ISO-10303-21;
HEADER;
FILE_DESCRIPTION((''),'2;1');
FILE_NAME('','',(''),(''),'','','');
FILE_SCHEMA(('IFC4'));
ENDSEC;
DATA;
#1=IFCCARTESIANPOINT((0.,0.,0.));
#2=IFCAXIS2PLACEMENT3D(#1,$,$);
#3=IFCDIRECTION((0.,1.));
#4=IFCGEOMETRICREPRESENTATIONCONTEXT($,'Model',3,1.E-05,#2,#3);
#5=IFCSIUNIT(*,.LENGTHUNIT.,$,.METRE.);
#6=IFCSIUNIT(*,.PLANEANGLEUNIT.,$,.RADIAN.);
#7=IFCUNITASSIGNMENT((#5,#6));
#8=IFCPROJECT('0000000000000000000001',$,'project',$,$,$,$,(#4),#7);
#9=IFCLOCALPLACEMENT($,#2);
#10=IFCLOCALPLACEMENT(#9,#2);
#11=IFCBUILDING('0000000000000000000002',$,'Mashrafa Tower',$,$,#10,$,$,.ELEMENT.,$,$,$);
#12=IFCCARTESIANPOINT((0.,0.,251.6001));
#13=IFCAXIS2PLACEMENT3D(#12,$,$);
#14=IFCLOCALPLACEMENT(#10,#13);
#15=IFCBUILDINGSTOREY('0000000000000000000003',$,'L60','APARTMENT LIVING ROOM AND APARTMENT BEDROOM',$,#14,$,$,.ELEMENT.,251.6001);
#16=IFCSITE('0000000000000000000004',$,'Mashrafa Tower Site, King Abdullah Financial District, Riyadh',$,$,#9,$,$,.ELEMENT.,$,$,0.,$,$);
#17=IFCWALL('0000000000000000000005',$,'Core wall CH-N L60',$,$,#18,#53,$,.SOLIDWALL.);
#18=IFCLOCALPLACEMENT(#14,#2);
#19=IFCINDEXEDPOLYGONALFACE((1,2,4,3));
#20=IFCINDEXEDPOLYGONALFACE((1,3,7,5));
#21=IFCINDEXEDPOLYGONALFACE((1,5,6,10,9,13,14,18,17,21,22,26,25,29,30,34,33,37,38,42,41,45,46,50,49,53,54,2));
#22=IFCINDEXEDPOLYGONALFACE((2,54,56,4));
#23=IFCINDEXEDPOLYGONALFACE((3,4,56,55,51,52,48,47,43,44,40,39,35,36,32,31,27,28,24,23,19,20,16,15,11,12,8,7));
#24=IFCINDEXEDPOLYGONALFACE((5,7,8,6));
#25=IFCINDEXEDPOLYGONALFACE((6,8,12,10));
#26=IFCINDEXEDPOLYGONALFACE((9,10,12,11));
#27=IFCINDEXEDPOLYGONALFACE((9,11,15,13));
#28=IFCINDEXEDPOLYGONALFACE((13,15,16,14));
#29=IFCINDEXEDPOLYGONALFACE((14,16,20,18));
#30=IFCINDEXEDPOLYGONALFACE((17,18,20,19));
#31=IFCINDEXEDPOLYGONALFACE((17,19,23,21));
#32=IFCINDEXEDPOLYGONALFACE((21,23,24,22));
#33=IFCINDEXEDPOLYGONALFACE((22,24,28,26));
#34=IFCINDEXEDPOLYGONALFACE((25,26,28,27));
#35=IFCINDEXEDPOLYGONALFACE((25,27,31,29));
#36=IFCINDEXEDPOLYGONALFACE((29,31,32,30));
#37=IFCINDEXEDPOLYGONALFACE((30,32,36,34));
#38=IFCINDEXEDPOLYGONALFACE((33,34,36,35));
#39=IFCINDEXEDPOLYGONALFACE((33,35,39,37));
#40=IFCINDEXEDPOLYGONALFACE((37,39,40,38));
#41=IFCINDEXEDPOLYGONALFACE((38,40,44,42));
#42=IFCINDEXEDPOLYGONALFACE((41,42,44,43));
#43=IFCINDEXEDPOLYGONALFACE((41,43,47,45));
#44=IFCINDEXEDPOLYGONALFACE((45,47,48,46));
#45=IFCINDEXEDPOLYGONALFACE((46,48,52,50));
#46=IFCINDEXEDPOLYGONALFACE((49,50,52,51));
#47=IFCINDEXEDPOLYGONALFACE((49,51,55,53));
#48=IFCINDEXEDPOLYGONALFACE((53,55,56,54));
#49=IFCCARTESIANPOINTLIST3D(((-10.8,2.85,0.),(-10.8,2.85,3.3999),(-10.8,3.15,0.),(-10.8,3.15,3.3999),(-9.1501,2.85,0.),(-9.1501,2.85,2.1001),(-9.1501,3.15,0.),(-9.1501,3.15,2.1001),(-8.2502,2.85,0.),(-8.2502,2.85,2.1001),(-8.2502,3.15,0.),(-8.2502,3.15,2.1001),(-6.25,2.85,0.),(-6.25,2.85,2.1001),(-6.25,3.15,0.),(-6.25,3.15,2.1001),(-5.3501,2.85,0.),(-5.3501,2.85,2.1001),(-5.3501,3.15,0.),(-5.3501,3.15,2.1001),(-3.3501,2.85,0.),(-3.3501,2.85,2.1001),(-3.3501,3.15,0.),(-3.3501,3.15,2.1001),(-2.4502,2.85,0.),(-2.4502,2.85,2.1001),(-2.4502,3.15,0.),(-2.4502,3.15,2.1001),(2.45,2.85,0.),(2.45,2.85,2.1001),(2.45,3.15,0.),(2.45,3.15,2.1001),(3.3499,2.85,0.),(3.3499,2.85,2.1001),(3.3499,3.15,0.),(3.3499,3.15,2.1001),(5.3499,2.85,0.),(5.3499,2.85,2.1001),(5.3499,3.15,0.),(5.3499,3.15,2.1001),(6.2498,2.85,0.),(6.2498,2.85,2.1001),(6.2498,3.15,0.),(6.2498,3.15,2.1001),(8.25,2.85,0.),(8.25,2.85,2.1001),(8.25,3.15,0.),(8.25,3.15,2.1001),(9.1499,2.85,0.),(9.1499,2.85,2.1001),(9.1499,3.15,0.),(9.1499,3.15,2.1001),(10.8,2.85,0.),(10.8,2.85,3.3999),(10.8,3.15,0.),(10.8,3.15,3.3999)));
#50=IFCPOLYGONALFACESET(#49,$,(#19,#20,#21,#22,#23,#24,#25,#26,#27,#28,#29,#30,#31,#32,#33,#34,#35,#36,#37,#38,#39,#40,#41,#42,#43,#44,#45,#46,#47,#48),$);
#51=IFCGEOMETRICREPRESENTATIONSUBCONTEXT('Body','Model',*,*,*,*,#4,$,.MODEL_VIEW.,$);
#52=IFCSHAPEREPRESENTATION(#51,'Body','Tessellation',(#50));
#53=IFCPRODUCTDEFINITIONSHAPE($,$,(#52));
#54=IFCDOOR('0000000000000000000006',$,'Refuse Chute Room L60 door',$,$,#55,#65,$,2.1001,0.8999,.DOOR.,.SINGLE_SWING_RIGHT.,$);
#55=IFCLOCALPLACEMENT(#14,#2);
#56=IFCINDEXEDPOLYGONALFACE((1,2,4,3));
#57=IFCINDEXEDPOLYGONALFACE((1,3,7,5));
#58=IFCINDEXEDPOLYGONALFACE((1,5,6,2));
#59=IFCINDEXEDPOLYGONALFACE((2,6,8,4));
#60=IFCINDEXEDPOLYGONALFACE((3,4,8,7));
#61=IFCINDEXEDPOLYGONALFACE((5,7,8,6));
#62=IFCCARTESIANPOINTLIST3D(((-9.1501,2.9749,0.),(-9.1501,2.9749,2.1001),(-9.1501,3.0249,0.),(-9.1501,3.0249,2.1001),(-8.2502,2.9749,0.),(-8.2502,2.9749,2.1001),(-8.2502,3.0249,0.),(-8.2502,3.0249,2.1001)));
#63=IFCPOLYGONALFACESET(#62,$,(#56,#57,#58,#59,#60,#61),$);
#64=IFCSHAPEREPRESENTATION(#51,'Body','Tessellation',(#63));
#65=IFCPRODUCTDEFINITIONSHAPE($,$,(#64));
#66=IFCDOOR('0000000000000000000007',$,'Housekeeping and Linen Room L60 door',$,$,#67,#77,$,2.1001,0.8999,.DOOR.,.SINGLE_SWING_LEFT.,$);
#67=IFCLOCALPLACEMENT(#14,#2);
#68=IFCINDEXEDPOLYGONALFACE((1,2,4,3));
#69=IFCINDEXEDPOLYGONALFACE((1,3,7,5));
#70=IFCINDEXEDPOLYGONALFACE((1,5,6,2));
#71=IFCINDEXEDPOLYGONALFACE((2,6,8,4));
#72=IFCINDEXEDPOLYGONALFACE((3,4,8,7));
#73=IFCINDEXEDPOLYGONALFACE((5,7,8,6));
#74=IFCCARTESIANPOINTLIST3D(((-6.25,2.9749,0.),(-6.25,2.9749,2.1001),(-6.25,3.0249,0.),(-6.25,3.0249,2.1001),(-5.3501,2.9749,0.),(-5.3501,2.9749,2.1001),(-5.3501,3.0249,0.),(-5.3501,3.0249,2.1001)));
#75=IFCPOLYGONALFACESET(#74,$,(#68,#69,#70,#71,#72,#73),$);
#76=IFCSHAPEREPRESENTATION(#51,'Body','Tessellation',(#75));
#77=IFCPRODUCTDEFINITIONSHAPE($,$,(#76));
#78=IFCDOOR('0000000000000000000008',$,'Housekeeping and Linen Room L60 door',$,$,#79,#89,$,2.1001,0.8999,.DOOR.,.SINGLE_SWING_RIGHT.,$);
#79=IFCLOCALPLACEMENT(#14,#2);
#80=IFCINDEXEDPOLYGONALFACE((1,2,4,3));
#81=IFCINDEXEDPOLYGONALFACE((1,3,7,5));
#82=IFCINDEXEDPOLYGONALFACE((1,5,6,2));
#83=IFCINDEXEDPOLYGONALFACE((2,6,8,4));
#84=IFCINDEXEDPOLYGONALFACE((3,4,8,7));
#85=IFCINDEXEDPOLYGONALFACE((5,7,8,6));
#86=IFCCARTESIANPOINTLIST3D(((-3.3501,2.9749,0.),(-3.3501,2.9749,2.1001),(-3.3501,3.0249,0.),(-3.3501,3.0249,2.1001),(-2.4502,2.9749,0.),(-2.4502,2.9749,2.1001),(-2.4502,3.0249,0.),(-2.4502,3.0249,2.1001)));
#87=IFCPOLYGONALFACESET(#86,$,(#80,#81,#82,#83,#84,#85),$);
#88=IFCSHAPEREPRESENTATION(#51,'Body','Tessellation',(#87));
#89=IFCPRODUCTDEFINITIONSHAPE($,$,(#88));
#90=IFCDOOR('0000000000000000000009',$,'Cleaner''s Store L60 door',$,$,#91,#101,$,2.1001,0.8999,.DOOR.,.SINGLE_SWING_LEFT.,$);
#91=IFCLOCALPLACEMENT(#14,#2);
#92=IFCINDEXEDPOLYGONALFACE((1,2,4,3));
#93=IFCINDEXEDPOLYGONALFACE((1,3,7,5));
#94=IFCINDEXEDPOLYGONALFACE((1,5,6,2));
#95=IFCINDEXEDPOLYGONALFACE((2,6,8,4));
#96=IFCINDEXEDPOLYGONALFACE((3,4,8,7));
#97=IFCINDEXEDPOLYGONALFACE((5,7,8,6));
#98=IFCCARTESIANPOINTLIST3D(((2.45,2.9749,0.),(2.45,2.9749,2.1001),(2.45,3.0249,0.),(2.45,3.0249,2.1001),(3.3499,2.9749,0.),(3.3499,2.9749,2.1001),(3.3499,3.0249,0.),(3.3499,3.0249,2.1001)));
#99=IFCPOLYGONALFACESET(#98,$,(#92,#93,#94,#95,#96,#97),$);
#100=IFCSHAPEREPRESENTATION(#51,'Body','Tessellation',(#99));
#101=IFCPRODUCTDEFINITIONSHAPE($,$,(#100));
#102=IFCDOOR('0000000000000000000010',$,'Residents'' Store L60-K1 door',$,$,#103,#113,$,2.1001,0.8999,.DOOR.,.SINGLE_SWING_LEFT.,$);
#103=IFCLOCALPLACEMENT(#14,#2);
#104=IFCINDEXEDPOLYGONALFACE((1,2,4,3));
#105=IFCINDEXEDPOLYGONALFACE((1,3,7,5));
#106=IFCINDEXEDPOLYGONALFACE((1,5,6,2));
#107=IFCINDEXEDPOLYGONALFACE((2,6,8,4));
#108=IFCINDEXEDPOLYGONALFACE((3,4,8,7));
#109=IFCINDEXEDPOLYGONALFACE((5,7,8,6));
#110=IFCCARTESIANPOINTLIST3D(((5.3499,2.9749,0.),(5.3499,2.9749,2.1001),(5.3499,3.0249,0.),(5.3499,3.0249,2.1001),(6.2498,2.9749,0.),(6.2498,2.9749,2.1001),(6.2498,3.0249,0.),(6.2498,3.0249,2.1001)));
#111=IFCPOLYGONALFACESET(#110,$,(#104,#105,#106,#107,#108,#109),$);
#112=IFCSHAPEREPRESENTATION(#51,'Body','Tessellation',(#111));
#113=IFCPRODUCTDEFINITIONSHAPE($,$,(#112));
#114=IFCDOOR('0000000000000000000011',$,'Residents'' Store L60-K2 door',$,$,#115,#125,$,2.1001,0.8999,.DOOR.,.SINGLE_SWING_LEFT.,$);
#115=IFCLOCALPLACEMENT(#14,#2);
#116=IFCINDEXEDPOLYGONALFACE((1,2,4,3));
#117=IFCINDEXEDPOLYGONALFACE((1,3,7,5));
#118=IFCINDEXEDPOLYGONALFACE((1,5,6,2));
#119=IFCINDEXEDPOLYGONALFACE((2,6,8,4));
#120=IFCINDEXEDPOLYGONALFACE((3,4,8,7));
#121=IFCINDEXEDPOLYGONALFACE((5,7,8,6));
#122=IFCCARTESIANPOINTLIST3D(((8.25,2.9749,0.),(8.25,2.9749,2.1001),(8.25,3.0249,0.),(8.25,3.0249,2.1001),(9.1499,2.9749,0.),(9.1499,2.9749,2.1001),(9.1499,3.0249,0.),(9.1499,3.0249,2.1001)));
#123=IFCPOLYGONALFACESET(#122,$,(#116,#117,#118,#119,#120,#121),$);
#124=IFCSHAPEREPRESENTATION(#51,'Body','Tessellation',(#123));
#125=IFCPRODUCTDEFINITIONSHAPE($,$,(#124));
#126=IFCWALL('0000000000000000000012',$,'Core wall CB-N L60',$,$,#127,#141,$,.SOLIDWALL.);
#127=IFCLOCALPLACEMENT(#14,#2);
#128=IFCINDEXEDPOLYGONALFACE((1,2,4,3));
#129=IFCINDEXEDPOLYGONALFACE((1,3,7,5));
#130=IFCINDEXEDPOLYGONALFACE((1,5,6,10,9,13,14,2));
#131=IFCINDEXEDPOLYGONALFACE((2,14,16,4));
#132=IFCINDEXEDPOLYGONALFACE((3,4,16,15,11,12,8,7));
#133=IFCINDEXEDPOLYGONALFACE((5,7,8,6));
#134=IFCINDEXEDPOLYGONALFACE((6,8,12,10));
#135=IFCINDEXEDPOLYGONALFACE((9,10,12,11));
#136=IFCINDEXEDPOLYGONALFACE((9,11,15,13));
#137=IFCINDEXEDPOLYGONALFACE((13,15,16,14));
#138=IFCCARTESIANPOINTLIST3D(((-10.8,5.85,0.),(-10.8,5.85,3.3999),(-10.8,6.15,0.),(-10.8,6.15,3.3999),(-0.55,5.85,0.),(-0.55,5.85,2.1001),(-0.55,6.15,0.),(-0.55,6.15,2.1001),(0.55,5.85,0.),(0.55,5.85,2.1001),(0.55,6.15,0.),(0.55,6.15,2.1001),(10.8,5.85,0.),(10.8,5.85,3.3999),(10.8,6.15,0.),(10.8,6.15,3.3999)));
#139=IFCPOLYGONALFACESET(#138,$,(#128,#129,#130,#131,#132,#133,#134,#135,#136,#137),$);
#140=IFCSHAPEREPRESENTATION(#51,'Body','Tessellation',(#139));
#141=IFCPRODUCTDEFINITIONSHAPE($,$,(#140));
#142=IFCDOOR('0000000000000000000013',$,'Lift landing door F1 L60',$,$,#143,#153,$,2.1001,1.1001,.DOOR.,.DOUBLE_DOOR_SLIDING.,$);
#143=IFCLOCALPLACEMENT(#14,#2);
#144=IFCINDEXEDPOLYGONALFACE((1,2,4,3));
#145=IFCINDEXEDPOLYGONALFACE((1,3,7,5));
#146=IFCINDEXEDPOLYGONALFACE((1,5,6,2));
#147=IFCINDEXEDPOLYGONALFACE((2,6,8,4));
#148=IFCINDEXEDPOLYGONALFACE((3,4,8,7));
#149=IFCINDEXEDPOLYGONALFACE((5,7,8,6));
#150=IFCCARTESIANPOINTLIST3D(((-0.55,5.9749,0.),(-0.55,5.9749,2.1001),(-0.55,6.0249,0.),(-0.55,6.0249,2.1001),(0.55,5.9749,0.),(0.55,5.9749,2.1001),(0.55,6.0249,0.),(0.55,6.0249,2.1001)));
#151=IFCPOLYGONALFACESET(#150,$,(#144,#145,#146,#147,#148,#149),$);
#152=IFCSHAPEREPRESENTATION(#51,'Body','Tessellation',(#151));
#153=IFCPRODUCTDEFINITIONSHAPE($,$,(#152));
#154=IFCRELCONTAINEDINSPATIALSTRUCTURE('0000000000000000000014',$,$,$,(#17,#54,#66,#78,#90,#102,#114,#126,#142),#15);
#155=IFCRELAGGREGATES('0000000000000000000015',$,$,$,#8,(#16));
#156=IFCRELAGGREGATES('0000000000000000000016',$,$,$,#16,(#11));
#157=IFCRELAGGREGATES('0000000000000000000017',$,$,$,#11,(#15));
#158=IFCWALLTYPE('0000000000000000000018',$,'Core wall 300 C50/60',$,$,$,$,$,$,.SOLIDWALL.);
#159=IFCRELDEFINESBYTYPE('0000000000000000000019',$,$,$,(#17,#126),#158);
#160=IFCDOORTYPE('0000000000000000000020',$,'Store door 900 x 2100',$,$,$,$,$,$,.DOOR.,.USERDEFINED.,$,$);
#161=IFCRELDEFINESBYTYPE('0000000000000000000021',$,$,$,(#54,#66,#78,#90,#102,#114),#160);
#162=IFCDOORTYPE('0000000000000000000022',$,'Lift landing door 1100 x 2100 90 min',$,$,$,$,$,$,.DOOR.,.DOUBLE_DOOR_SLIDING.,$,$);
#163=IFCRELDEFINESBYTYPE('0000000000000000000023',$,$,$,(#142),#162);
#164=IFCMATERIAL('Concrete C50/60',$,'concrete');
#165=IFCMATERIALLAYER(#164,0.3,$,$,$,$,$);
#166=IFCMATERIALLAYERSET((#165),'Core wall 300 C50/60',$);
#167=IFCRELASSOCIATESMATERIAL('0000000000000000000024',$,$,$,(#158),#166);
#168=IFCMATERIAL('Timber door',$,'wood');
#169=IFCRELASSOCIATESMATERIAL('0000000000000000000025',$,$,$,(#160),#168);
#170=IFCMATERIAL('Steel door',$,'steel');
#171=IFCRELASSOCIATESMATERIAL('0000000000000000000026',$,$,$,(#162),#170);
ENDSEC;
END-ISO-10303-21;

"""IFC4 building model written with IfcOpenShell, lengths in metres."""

from ifc_helpers import new_model, si_unit, direction, frame, frame_2d, origin, place, context, subcontext, project, spatial, rectangle, extrude, material, layer, layer_set, type_object, element, fill, save


model = new_model("IFC4")

# Units and contexts
model_context = context("Model", 3, precision=1e-05, world=origin(), true_north=direction((0.0, 1.0)))
body_context = subcontext(model_context, "Body", "Model", "MODEL_VIEW")
ifc_project = project(units=[si_unit("LENGTHUNIT", "METRE"), si_unit("PLANEANGLEUNIT", "RADIAN")], contexts=[model_context])

# Site, building, storey
site_placement = place(None, origin())
site = spatial("IfcSite", under=ifc_project, at=site_placement, Name="Mashrafa Tower Site, King Abdullah Financial District, Riyadh", CompositionType="ELEMENT", RefElevation=0.0)
building_placement = place(site_placement, origin())
building = spatial("IfcBuilding", under=site, at=building_placement, Name="Mashrafa Tower", CompositionType="ELEMENT")
storey_placement = place(building_placement, frame((0.0, 0.0, 251.6001)))
storey = spatial("IfcBuildingStorey", under=building, at=storey_placement, Name="L60", Description="APARTMENT LIVING ROOM AND APARTMENT BEDROOM", CompositionType="ELEMENT", Elevation=251.6001)

# Wall, openings, doors
ifc_material_1 = material(Name="Concrete C50/60", Category="concrete")
ifc_layer_1 = layer(ifc_material_1, 0.3)
ifc_layer_set_1 = layer_set([ifc_layer_1], Name="Core wall 300 C50/60")
wall_type_1 = type_object("IfcWallType", Name="Core wall 300 C50/60", PredefinedType="SOLIDWALL", material=ifc_layer_set_1)
wall_1_placement = place(storey_placement, frame((-10.8, 3.0, 0.0), z_axis=(0.0, 0.0, 1.0), x_axis=(1.0, 0.0, 0.0)))
wall_1 = element("IfcWall", 1, at=wall_1_placement, inside=storey, type_object=wall_type_1, Name="Core wall CH-N L60", PredefinedType="SOLIDWALL", context=body_context, shape_type="SweptSolid", body=[
    extrude(rectangle(XDim=21.6001, YDim=0.3, at=frame_2d((10.8, 0.0))), origin(), (0.0, 0.0, 1.0), 3.3999),
])
opening_1_placement = place(wall_1_placement, frame((1.6499, 0.0, 0.0)))
opening_1 = element("IfcOpeningElement", 2, at=opening_1_placement, cuts=wall_1, PredefinedType="OPENING", context=body_context, shape_type="SweptSolid", body=[
    extrude(rectangle(XDim=0.8999, YDim=2.1001, at=frame_2d((0.45, 1.05))), frame((0.0, 0.1599, 0.0), z_axis=(0.0, -1.0, 0.0), x_axis=(1.0, 0.0, 0.0)), (0.0, 0.0, 1.0), 0.3201),
])
opening_2_placement = place(wall_1_placement, frame((4.55, 0.0, 0.0)))
opening_2 = element("IfcOpeningElement", 3, at=opening_2_placement, cuts=wall_1, PredefinedType="OPENING", context=body_context, shape_type="SweptSolid", body=[
    extrude(rectangle(XDim=0.8999, YDim=2.1001, at=frame_2d((0.45, 1.05))), frame((0.0, 0.1599, 0.0), z_axis=(0.0, -1.0, 0.0), x_axis=(1.0, 0.0, 0.0)), (0.0, 0.0, 1.0), 0.3201),
])
opening_3_placement = place(wall_1_placement, frame((7.45, 0.0, 0.0)))
opening_3 = element("IfcOpeningElement", 4, at=opening_3_placement, cuts=wall_1, PredefinedType="OPENING", context=body_context, shape_type="SweptSolid", body=[
    extrude(rectangle(XDim=0.8999, YDim=2.1001, at=frame_2d((0.45, 1.05))), frame((0.0, 0.1599, 0.0), z_axis=(0.0, -1.0, 0.0), x_axis=(1.0, 0.0, 0.0)), (0.0, 0.0, 1.0), 0.3201),
])
opening_4_placement = place(wall_1_placement, frame((13.25, 0.0, 0.0)))
opening_4 = element("IfcOpeningElement", 5, at=opening_4_placement, cuts=wall_1, PredefinedType="OPENING", context=body_context, shape_type="SweptSolid", body=[
    extrude(rectangle(XDim=0.8999, YDim=2.1001, at=frame_2d((0.45, 1.05))), frame((0.0, 0.1599, 0.0), z_axis=(0.0, -1.0, 0.0), x_axis=(1.0, 0.0, 0.0)), (0.0, 0.0, 1.0), 0.3201),
])
opening_5_placement = place(wall_1_placement, frame((16.1499, 0.0, 0.0)))
opening_5 = element("IfcOpeningElement", 6, at=opening_5_placement, cuts=wall_1, PredefinedType="OPENING", context=body_context, shape_type="SweptSolid", body=[
    extrude(rectangle(XDim=0.8999, YDim=2.1001, at=frame_2d((0.45, 1.05))), frame((0.0, 0.1599, 0.0), z_axis=(0.0, -1.0, 0.0), x_axis=(1.0, 0.0, 0.0)), (0.0, 0.0, 1.0), 0.3201),
])
opening_6_placement = place(wall_1_placement, frame((19.05, 0.0, 0.0)))
opening_6 = element("IfcOpeningElement", 7, at=opening_6_placement, cuts=wall_1, PredefinedType="OPENING", context=body_context, shape_type="SweptSolid", body=[
    extrude(rectangle(XDim=0.8999, YDim=2.1001, at=frame_2d((0.45, 1.05))), frame((0.0, 0.1599, 0.0), z_axis=(0.0, -1.0, 0.0), x_axis=(1.0, 0.0, 0.0)), (0.0, 0.0, 1.0), 0.3201),
])
ifc_material_2 = material(Name="Timber door", Category="wood")
door_type_1 = type_object("IfcDoorType", Name="Store door 900 x 2100", OperationType="USERDEFINED", PredefinedType="DOOR", material=ifc_material_2)
door_1_placement = place(opening_1_placement, origin())
door_1 = element("IfcDoor", 8, at=door_1_placement, inside=storey, type_object=door_type_1, Name="Refuse Chute Room L60 door", OperationType="SINGLE_SWING_RIGHT", OverallHeight=2.1001, OverallWidth=0.8999, PredefinedType="DOOR", context=body_context, shape_type="SweptSolid", body=[
    extrude(rectangle(XDim=0.8999, YDim=2.1001, at=frame_2d((0.45, 1.05))), frame((0.0, 0.0249, 0.0), z_axis=(0.0, -1.0, 0.0), x_axis=(1.0, 0.0, 0.0)), (0.0, 0.0, 1.0), 0.05),
])
fill(opening_1, door_1)
door_2_placement = place(opening_2_placement, origin())
door_2 = element("IfcDoor", 9, at=door_2_placement, inside=storey, type_object=door_type_1, Name="Housekeeping and Linen Room L60 door", OperationType="SINGLE_SWING_LEFT", OverallHeight=2.1001, OverallWidth=0.8999, PredefinedType="DOOR", context=body_context, shape_type="SweptSolid", body=[
    extrude(rectangle(XDim=0.8999, YDim=2.1001, at=frame_2d((0.45, 1.05))), frame((0.0, 0.0249, 0.0), z_axis=(0.0, -1.0, 0.0), x_axis=(1.0, 0.0, 0.0)), (0.0, 0.0, 1.0), 0.05),
])
fill(opening_2, door_2)
door_3_placement = place(opening_3_placement, origin())
door_3 = element("IfcDoor", 10, at=door_3_placement, inside=storey, type_object=door_type_1, Name="Housekeeping and Linen Room L60 door", OperationType="SINGLE_SWING_RIGHT", OverallHeight=2.1001, OverallWidth=0.8999, PredefinedType="DOOR", context=body_context, shape_type="SweptSolid", body=[
    extrude(rectangle(XDim=0.8999, YDim=2.1001, at=frame_2d((0.45, 1.05))), frame((0.0, 0.0249, 0.0), z_axis=(0.0, -1.0, 0.0), x_axis=(1.0, 0.0, 0.0)), (0.0, 0.0, 1.0), 0.05),
])
fill(opening_3, door_3)
door_4_placement = place(opening_4_placement, origin())
door_4 = element("IfcDoor", 11, at=door_4_placement, inside=storey, type_object=door_type_1, Name="Cleaner's Store L60 door", OperationType="SINGLE_SWING_LEFT", OverallHeight=2.1001, OverallWidth=0.8999, PredefinedType="DOOR", context=body_context, shape_type="SweptSolid", body=[
    extrude(rectangle(XDim=0.8999, YDim=2.1001, at=frame_2d((0.45, 1.05))), frame((0.0, 0.0249, 0.0), z_axis=(0.0, -1.0, 0.0), x_axis=(1.0, 0.0, 0.0)), (0.0, 0.0, 1.0), 0.05),
])
fill(opening_4, door_4)
door_5_placement = place(opening_5_placement, origin())
door_5 = element("IfcDoor", 12, at=door_5_placement, inside=storey, type_object=door_type_1, Name="Residents' Store L60-K1 door", OperationType="SINGLE_SWING_LEFT", OverallHeight=2.1001, OverallWidth=0.8999, PredefinedType="DOOR", context=body_context, shape_type="SweptSolid", body=[
    extrude(rectangle(XDim=0.8999, YDim=2.1001, at=frame_2d((0.45, 1.05))), frame((0.0, 0.0249, 0.0), z_axis=(0.0, -1.0, 0.0), x_axis=(1.0, 0.0, 0.0)), (0.0, 0.0, 1.0), 0.05),
])
fill(opening_5, door_5)
door_6_placement = place(opening_6_placement, origin())
door_6 = element("IfcDoor", 13, at=door_6_placement, inside=storey, type_object=door_type_1, Name="Residents' Store L60-K2 door", OperationType="SINGLE_SWING_LEFT", OverallHeight=2.1001, OverallWidth=0.8999, PredefinedType="DOOR", context=body_context, shape_type="SweptSolid", body=[
    extrude(rectangle(XDim=0.8999, YDim=2.1001, at=frame_2d((0.45, 1.05))), frame((0.0, 0.0249, 0.0), z_axis=(0.0, -1.0, 0.0), x_axis=(1.0, 0.0, 0.0)), (0.0, 0.0, 1.0), 0.05),
])
fill(opening_6, door_6)

# Wall, opening, door
wall_2_placement = place(storey_placement, frame((-10.8, 6.0, 0.0), z_axis=(0.0, 0.0, 1.0), x_axis=(1.0, 0.0, 0.0)))
wall_2 = element("IfcWall", 14, at=wall_2_placement, inside=storey, type_object=wall_type_1, Name="Core wall CB-N L60", PredefinedType="SOLIDWALL", context=body_context, shape_type="SweptSolid", body=[
    extrude(rectangle(XDim=21.6001, YDim=0.3, at=frame_2d((10.8, 0.0))), origin(), (0.0, 0.0, 1.0), 3.3999),
])
opening_7_placement = place(wall_2_placement, frame((10.25, 0.0, 0.0)))
opening_7 = element("IfcOpeningElement", 15, at=opening_7_placement, cuts=wall_2, PredefinedType="OPENING", context=body_context, shape_type="SweptSolid", body=[
    extrude(rectangle(XDim=1.1001, YDim=2.1001, at=frame_2d((0.55, 1.05))), frame((0.0, 0.1599, 0.0), z_axis=(0.0, -1.0, 0.0), x_axis=(1.0, 0.0, 0.0)), (0.0, 0.0, 1.0), 0.3201),
])
ifc_material_3 = material(Name="Steel door", Category="steel")
door_type_2 = type_object("IfcDoorType", Name="Lift landing door 1100 x 2100 90 min", OperationType="DOUBLE_DOOR_SLIDING", PredefinedType="DOOR", material=ifc_material_3)
door_7_placement = place(opening_7_placement, origin())
door_7 = element("IfcDoor", 16, at=door_7_placement, inside=storey, type_object=door_type_2, Name="Lift landing door F1 L60", OperationType="DOUBLE_DOOR_SLIDING", OverallHeight=2.1001, OverallWidth=1.1001, PredefinedType="DOOR", context=body_context, shape_type="SweptSolid", body=[
    extrude(rectangle(XDim=1.1001, YDim=2.1001, at=frame_2d((0.55, 1.05))), frame((0.0, 0.0249, 0.0), z_axis=(0.0, -1.0, 0.0), x_axis=(1.0, 0.0, 0.0)), (0.0, 0.0, 1.0), 0.05),
])
fill(opening_7, door_7)

save(model, "model.ifc")
